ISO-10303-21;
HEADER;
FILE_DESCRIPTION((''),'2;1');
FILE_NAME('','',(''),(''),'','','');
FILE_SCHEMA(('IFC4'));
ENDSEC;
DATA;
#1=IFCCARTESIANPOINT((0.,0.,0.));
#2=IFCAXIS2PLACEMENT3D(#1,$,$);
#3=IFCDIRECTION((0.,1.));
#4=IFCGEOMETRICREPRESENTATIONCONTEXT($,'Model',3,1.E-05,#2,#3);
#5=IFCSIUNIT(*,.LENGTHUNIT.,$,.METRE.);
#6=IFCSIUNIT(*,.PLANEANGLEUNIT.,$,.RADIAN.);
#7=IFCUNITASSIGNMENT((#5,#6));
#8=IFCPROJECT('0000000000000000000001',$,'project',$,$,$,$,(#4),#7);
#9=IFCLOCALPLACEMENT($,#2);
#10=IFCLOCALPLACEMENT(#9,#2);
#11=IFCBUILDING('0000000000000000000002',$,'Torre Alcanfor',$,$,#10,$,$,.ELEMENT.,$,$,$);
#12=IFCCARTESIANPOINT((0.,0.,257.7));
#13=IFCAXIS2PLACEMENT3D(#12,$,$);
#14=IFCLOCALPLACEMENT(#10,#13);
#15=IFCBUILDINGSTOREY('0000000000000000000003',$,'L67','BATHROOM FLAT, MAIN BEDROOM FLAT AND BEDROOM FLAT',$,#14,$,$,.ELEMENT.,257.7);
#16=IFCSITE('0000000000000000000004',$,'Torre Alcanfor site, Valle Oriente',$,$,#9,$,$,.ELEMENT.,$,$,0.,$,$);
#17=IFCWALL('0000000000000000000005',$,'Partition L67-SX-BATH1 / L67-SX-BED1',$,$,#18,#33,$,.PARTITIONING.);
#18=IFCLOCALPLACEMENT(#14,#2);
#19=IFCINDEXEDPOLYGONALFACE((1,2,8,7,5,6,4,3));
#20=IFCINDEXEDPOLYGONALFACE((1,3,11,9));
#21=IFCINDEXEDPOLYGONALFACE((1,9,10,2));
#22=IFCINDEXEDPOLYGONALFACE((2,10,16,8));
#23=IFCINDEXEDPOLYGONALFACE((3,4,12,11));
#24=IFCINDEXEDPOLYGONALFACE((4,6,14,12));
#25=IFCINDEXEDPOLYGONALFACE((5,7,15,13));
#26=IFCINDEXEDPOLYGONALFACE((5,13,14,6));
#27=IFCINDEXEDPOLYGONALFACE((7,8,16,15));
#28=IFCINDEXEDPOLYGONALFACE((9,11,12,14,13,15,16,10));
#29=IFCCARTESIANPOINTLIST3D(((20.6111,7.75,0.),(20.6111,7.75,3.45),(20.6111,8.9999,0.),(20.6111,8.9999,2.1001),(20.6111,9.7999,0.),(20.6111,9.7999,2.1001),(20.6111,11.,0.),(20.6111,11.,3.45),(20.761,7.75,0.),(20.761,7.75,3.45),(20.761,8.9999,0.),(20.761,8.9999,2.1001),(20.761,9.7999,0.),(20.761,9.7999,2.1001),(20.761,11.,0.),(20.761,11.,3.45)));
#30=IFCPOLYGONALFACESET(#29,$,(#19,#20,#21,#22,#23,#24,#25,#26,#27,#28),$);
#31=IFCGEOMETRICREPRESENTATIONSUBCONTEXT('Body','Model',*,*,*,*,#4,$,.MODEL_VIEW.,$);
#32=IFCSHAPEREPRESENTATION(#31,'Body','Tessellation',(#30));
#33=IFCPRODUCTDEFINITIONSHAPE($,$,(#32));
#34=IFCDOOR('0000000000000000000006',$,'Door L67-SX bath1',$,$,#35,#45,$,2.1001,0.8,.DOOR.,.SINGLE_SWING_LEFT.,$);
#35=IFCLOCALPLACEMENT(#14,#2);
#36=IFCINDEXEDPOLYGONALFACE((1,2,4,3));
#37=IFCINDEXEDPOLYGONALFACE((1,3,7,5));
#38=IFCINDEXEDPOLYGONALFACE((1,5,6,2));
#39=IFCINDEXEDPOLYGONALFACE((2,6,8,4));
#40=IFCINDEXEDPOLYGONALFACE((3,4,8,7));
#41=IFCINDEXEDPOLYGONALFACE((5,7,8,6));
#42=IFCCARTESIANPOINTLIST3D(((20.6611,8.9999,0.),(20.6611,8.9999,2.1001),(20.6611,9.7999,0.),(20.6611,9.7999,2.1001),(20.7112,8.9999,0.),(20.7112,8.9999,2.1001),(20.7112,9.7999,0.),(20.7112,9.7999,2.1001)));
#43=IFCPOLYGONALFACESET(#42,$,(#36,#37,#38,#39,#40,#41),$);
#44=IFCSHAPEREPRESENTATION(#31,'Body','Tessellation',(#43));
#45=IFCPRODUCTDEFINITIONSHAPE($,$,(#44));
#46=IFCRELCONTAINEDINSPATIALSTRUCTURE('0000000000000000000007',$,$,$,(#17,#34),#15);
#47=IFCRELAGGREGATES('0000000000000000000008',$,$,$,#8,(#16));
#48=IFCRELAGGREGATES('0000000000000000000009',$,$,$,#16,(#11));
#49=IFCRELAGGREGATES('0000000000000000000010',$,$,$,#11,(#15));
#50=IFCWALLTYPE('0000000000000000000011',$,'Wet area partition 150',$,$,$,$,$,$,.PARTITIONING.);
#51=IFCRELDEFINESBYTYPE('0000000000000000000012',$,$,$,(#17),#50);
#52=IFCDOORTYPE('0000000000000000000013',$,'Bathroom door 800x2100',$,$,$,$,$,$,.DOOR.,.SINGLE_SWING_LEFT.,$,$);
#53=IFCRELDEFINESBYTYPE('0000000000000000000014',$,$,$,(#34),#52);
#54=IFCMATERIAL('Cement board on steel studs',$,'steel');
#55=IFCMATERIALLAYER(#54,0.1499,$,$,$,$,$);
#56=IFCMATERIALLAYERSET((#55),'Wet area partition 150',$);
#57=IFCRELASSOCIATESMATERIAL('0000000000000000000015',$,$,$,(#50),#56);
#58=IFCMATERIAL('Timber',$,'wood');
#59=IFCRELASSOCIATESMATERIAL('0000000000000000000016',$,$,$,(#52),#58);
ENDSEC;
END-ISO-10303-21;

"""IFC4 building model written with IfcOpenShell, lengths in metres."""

from ifc_helpers import new_model, si_unit, direction, frame, frame_2d, origin, place, context, subcontext, project, spatial, rectangle, extrude, material, layer, layer_set, type_object, element, fill, save


model = new_model("IFC4")

# Units and contexts
model_context = context("Model", 3, precision=1e-05, world=origin(), true_north=direction((0.0, 1.0)))
body_context = subcontext(model_context, "Body", "Model", "MODEL_VIEW")
ifc_project = project(units=[si_unit("LENGTHUNIT", "METRE"), si_unit("PLANEANGLEUNIT", "RADIAN")], contexts=[model_context])

# Site, building, storey
site_placement = place(None, origin())
site = spatial("IfcSite", under=ifc_project, at=site_placement, Name="Torre Alcanfor site, Valle Oriente", CompositionType="ELEMENT", RefElevation=0.0)
building_placement = place(site_placement, origin())
building = spatial("IfcBuilding", under=site, at=building_placement, Name="Torre Alcanfor", CompositionType="ELEMENT")
storey_placement = place(building_placement, frame((0.0, 0.0, 257.7)))
storey = spatial("IfcBuildingStorey", under=building, at=storey_placement, Name="L67", Description="BATHROOM FLAT, MAIN BEDROOM FLAT AND BEDROOM FLAT", CompositionType="ELEMENT", Elevation=257.7)

# Wall, opening, door
ifc_material_1 = material(Name="Cement board on steel studs", Category="steel")
ifc_layer_1 = layer(ifc_material_1, 0.1499)
ifc_layer_set_1 = layer_set([ifc_layer_1], Name="Wet area partition 150")
wall_type_1 = type_object("IfcWallType", Name="Wet area partition 150", PredefinedType="PARTITIONING", material=ifc_layer_set_1)
wall_1_placement = place(storey_placement, frame((20.686, 7.75, 0.0), z_axis=(0.0, 0.0, 1.0), x_axis=(0.0, 1.0, 0.0)))
wall_1 = element("IfcWall", 1, at=wall_1_placement, inside=storey, type_object=wall_type_1, Name="Partition L67-SX-BATH1 / L67-SX-BED1", PredefinedType="PARTITIONING", context=body_context, shape_type="SweptSolid", body=[
    extrude(rectangle(XDim=3.25, YDim=0.1499, at=frame_2d((1.625, 0.0))), origin(), (0.0, 0.0, 1.0), 3.45),
])
opening_1_placement = place(wall_1_placement, frame((1.25, 0.0, 0.0)))
opening_1 = element("IfcOpeningElement", 2, at=opening_1_placement, cuts=wall_1, PredefinedType="OPENING", context=body_context, shape_type="SweptSolid", body=[
    extrude(rectangle(XDim=0.8, YDim=2.1001, at=frame_2d((0.3999, 1.05))), frame((0.0, 0.085, 0.0), z_axis=(0.0, -1.0, 0.0), x_axis=(1.0, 0.0, 0.0)), (0.0, 0.0, 1.0), 0.1699),
])
ifc_material_2 = material(Name="Timber", Category="wood")
door_type_1 = type_object("IfcDoorType", Name="Bathroom door 800x2100", OperationType="SINGLE_SWING_LEFT", PredefinedType="DOOR", material=ifc_material_2)
door_1_placement = place(opening_1_placement, frame((0.8, 0.0, 0.0), z_axis=(0.0, 0.0, 1.0), x_axis=(-1.0, 0.0, 0.0)))
door_1 = element("IfcDoor", 3, at=door_1_placement, inside=storey, type_object=door_type_1, Name="Door L67-SX bath1", OperationType="SINGLE_SWING_LEFT", OverallHeight=2.1001, OverallWidth=0.8, PredefinedType="DOOR", context=body_context, shape_type="SweptSolid", body=[
    extrude(rectangle(XDim=0.8, YDim=2.1001, at=frame_2d((0.4001, 1.05))), frame((0.0, 0.0251, 0.0), z_axis=(0.0, -1.0, 0.0), x_axis=(1.0, 0.0, 0.0)), (0.0, 0.0, 1.0), 0.05),
])
fill(opening_1, door_1)

save(model, "model.ifc")
